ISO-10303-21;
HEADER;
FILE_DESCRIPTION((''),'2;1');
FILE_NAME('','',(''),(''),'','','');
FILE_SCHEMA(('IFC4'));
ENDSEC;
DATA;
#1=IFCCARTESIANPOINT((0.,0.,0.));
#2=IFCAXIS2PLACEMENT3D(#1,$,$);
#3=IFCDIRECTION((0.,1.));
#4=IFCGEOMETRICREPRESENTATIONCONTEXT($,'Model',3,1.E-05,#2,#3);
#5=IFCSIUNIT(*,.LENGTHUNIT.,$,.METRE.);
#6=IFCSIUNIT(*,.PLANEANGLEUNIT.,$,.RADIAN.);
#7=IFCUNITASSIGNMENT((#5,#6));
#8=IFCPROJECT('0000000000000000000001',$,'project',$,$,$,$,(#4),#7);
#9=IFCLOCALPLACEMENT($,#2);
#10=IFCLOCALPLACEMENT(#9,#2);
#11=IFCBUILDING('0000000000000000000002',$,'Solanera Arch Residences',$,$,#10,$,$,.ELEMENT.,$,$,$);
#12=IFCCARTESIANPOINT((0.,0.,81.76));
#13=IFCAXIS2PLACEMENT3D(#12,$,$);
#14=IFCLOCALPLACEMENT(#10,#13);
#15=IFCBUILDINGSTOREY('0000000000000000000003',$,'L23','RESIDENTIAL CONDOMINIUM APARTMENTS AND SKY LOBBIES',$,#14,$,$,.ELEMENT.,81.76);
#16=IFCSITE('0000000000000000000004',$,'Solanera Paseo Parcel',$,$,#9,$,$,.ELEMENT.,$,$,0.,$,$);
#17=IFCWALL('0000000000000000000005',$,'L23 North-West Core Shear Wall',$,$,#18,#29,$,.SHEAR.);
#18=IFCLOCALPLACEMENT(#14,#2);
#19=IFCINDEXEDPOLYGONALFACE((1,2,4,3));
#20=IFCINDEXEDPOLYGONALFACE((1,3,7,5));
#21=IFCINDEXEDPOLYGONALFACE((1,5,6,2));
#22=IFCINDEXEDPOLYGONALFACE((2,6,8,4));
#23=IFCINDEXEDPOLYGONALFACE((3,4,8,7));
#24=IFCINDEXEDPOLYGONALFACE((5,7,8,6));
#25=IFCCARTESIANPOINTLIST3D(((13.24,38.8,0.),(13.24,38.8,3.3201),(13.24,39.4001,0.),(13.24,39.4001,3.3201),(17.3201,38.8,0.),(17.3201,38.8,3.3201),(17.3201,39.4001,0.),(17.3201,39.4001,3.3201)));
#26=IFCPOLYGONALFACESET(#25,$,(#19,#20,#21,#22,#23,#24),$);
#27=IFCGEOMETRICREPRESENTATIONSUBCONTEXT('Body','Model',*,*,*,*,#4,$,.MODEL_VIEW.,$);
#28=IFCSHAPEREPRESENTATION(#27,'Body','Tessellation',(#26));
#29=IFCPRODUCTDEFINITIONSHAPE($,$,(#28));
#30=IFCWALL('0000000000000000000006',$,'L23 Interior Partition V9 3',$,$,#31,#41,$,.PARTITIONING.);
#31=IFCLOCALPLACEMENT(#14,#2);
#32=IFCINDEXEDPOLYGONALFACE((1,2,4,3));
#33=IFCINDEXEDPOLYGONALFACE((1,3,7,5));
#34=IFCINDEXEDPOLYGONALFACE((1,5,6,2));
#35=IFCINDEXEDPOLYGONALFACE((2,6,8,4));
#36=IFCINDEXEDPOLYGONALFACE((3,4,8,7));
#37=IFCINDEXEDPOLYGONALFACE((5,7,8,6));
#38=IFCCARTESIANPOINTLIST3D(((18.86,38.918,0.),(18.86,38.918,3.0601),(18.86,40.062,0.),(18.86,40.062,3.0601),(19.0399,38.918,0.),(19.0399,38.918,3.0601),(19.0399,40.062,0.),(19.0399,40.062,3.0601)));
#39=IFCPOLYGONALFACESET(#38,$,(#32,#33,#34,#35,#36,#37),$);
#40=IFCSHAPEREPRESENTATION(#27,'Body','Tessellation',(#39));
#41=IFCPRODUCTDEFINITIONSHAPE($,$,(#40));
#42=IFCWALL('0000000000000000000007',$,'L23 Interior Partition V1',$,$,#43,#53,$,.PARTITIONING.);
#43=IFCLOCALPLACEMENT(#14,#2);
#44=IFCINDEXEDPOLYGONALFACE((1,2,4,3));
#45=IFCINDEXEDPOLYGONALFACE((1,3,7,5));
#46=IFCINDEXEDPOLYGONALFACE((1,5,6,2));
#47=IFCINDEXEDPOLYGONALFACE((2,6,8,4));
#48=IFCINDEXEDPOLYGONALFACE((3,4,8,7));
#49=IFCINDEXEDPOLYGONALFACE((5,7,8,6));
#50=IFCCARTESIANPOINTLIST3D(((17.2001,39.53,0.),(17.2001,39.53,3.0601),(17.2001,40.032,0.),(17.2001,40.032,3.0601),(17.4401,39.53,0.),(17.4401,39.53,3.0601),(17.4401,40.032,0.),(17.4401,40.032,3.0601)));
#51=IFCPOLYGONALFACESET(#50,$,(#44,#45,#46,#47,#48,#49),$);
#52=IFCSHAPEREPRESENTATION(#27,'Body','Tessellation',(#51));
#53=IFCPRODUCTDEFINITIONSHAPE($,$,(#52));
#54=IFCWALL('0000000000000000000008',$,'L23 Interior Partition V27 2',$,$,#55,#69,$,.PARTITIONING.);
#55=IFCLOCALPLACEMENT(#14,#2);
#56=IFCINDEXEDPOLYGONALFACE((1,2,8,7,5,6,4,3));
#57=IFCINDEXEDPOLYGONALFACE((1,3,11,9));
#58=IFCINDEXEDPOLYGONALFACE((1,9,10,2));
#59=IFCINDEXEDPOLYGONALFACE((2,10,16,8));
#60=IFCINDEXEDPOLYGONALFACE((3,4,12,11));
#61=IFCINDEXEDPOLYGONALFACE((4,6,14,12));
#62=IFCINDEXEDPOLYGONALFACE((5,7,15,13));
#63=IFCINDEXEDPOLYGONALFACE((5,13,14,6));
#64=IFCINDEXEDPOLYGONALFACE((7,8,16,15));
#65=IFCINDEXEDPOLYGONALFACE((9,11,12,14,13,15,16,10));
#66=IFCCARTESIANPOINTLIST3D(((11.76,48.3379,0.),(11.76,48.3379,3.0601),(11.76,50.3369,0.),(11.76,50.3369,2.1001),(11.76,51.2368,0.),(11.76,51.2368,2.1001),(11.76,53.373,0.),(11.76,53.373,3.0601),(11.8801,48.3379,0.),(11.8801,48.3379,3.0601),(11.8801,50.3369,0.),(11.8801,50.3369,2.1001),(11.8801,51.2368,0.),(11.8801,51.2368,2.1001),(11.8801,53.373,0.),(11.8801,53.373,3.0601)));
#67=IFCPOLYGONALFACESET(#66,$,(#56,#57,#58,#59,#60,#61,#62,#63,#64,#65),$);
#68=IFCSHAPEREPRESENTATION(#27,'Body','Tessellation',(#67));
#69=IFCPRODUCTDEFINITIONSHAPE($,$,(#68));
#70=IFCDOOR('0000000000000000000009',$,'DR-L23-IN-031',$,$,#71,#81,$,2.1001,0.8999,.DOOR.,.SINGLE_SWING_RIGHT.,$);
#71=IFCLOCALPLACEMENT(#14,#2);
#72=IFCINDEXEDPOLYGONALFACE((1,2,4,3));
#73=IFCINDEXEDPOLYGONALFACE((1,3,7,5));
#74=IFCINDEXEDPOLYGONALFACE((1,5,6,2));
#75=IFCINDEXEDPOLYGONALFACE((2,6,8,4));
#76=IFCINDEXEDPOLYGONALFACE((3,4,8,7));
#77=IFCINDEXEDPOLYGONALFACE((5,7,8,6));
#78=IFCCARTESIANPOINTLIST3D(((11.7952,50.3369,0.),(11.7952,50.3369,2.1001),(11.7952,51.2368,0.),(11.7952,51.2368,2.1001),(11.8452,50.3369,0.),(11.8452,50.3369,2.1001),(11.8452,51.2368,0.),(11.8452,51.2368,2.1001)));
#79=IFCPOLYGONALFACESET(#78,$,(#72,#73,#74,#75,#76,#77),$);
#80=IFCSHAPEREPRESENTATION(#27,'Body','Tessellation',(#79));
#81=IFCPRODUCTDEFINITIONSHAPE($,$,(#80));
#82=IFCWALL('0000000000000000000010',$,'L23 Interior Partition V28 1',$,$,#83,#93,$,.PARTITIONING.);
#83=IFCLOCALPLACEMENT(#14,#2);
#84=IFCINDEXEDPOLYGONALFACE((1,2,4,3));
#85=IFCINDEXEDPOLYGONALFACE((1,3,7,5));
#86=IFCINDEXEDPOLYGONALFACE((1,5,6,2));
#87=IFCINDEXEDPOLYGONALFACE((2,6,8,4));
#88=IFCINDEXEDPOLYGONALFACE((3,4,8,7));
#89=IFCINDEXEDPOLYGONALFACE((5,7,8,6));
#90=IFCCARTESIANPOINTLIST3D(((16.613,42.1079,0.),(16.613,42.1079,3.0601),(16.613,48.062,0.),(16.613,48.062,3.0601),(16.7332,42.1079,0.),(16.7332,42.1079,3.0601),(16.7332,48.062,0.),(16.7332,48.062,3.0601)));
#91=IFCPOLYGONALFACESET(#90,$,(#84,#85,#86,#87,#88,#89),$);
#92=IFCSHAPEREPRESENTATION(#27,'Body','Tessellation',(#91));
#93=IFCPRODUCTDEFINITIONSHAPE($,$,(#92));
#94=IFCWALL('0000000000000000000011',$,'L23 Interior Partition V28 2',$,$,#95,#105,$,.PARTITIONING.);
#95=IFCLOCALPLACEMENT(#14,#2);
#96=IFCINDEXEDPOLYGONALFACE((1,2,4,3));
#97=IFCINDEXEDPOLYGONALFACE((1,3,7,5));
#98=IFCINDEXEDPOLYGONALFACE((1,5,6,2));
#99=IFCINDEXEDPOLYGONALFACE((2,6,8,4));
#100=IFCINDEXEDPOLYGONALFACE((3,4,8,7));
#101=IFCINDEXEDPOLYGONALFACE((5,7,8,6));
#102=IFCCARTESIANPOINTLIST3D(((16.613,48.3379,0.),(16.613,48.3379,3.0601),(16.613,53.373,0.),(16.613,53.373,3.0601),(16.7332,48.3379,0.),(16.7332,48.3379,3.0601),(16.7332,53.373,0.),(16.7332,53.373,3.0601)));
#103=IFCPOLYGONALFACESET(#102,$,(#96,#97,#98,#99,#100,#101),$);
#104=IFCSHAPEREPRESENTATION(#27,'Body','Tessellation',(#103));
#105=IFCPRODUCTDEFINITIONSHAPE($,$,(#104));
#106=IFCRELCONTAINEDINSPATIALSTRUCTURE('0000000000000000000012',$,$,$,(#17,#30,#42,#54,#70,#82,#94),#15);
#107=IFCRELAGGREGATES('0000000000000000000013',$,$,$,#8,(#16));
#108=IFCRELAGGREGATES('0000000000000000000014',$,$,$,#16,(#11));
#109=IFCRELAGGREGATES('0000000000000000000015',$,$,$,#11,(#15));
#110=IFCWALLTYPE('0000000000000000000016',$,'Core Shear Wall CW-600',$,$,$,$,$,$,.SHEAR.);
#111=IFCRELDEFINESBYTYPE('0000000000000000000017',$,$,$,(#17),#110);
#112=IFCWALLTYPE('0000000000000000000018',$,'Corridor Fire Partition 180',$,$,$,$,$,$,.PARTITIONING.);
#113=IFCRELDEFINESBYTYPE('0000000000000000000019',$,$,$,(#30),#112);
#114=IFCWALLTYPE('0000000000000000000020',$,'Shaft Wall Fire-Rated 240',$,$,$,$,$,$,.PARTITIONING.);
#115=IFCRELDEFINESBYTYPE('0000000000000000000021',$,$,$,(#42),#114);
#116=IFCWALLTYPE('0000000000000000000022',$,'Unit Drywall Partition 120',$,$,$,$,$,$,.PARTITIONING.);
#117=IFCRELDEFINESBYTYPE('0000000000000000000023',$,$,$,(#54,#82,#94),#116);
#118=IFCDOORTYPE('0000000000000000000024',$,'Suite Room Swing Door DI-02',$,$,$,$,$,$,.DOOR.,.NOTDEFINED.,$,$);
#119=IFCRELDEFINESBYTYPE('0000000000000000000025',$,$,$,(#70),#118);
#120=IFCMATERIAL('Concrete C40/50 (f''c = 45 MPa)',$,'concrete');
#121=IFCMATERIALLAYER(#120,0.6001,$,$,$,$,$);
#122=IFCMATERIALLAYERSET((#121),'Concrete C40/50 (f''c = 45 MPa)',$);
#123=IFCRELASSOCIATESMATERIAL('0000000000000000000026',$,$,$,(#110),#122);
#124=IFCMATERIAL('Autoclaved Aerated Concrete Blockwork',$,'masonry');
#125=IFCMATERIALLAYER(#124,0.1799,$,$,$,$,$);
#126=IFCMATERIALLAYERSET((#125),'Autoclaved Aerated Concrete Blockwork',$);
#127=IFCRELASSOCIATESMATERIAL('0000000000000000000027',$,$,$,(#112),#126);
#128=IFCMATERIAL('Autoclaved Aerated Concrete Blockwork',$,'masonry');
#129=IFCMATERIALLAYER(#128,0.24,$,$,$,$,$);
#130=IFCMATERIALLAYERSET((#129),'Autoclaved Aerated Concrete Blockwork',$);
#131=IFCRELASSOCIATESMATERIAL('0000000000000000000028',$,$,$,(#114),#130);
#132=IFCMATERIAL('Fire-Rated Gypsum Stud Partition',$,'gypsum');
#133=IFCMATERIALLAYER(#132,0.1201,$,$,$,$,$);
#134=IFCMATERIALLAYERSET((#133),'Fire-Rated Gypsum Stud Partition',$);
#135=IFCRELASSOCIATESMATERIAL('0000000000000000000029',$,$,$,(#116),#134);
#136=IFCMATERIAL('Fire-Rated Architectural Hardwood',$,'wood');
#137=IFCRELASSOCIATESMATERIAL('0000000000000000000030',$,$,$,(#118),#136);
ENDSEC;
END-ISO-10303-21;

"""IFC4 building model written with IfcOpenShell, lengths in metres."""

from ifc_helpers import new_model, si_unit, direction, frame, frame_2d, origin, place, context, subcontext, project, spatial, rectangle, extrude, material, layer, layer_set, type_object, element, fill, save


model = new_model("IFC4")

# Units and contexts
model_context = context("Model", 3, precision=1e-05, world=origin(), true_north=direction((0.0, 1.0)))
body_context = subcontext(model_context, "Body", "Model", "MODEL_VIEW")
ifc_project = project(units=[si_unit("LENGTHUNIT", "METRE"), si_unit("PLANEANGLEUNIT", "RADIAN")], contexts=[model_context])

# Site, building, storey
site_placement = place(None, origin())
site = spatial("IfcSite", under=ifc_project, at=site_placement, Name="Solanera Paseo Parcel", CompositionType="ELEMENT", RefElevation=0.0)
building_placement = place(site_placement, origin())
building = spatial("IfcBuilding", under=site, at=building_placement, Name="Solanera Arch Residences", CompositionType="ELEMENT")
storey_placement = place(building_placement, frame((0.0, 0.0, 81.76)))
storey = spatial("IfcBuildingStorey", under=building, at=storey_placement, Name="L23", Description="RESIDENTIAL CONDOMINIUM APARTMENTS AND SKY LOBBIES", CompositionType="ELEMENT", Elevation=81.76)

# Walls
ifc_material_1 = material(Name="Concrete C40/50 (f'c = 45 MPa)", Category="concrete")
ifc_layer_1 = layer(ifc_material_1, 0.6001)
ifc_layer_set_1 = layer_set([ifc_layer_1], Name="Concrete C40/50 (f'c = 45 MPa)")
wall_type_1 = type_object("IfcWallType", Name="Core Shear Wall CW-600", PredefinedType="SHEAR", material=ifc_layer_set_1)
wall_1_placement = place(storey_placement, frame((13.24, 39.1001, 0.0), z_axis=(0.0, 0.0, 1.0), x_axis=(1.0, 0.0, 0.0)))
element("IfcWall", 1, at=wall_1_placement, inside=storey, type_object=wall_type_1, Name="L23 North-West Core Shear Wall", PredefinedType="SHEAR", context=body_context, shape_type="SweptSolid", body=[
    extrude(rectangle(XDim=4.0801, YDim=0.6001, at=frame_2d((2.04, 0.0))), origin(), (0.0, 0.0, 1.0), 3.3201),
])
ifc_material_2 = material(Name="Autoclaved Aerated Concrete Blockwork", Category="masonry")
ifc_layer_2 = layer(ifc_material_2, 0.1799)
ifc_layer_set_2 = layer_set([ifc_layer_2], Name="Autoclaved Aerated Concrete Blockwork")
wall_type_2 = type_object("IfcWallType", Name="Corridor Fire Partition 180", PredefinedType="PARTITIONING", material=ifc_layer_set_2)
wall_2_placement = place(storey_placement, frame((18.95, 38.918, 0.0), z_axis=(0.0, 0.0, 1.0), x_axis=(0.0, 1.0, 0.0)))
element("IfcWall", 2, at=wall_2_placement, inside=storey, type_object=wall_type_2, Name="L23 Interior Partition V9 3", PredefinedType="PARTITIONING", context=body_context, shape_type="SweptSolid", body=[
    extrude(rectangle(XDim=1.144, YDim=0.1799, at=frame_2d((0.572, 0.0))), origin(), (0.0, 0.0, 1.0), 3.0601),
])
ifc_material_3 = material(Name="Autoclaved Aerated Concrete Blockwork", Category="masonry")
ifc_layer_3 = layer(ifc_material_3, 0.24)
ifc_layer_set_3 = layer_set([ifc_layer_3], Name="Autoclaved Aerated Concrete Blockwork")
wall_type_3 = type_object("IfcWallType", Name="Shaft Wall Fire-Rated 240", PredefinedType="PARTITIONING", material=ifc_layer_set_3)
wall_3_placement = place(storey_placement, frame((17.3201, 39.53, 0.0), z_axis=(0.0, 0.0, 1.0), x_axis=(0.0, 1.0, 0.0)))
element("IfcWall", 3, at=wall_3_placement, inside=storey, type_object=wall_type_3, Name="L23 Interior Partition V1", PredefinedType="PARTITIONING", context=body_context, shape_type="SweptSolid", body=[
    extrude(rectangle(XDim=0.502, YDim=0.24, at=frame_2d((0.251, 0.0))), origin(), (0.0, 0.0, 1.0), 3.0601),
])

# Wall, opening, door
ifc_material_4 = material(Name="Fire-Rated Gypsum Stud Partition", Category="gypsum")
ifc_layer_4 = layer(ifc_material_4, 0.1201)
ifc_layer_set_4 = layer_set([ifc_layer_4], Name="Fire-Rated Gypsum Stud Partition")
wall_type_4 = type_object("IfcWallType", Name="Unit Drywall Partition 120", PredefinedType="PARTITIONING", material=ifc_layer_set_4)
wall_4_placement = place(storey_placement, frame((11.8201, 48.3379, 0.0), z_axis=(0.0, 0.0, 1.0), x_axis=(0.0, 1.0, 0.0)))
wall_4 = element("IfcWall", 4, at=wall_4_placement, inside=storey, type_object=wall_type_4, Name="L23 Interior Partition V27 2", PredefinedType="PARTITIONING", context=body_context, shape_type="SweptSolid", body=[
    extrude(rectangle(XDim=5.0352, YDim=0.1201, at=frame_2d((2.5176, 0.0))), origin(), (0.0, 0.0, 1.0), 3.0601),
])
opening_placement = place(wall_4_placement, frame((1.999, 0.0, 0.0)))
opening = element("IfcOpeningElement", 5, at=opening_placement, cuts=wall_4, PredefinedType="OPENING", context=body_context, shape_type="SweptSolid", body=[
    extrude(rectangle(XDim=0.8999, YDim=2.1001, at=frame_2d((0.45, 1.05))), frame((0.0, 0.0701, 0.0), z_axis=(0.0, -1.0, 0.0), x_axis=(1.0, 0.0, 0.0)), (0.0, 0.0, 1.0), 0.1401),
])
ifc_material_5 = material(Name="Fire-Rated Architectural Hardwood", Category="wood")
door_type = type_object("IfcDoorType", Name="Suite Room Swing Door DI-02", OperationType="NOTDEFINED", PredefinedType="DOOR", material=ifc_material_5)
door_placement = place(opening_placement, origin())
door = element("IfcDoor", 6, at=door_placement, inside=storey, type_object=door_type, Name="DR-L23-IN-031", OperationType="SINGLE_SWING_RIGHT", OverallHeight=2.1001, OverallWidth=0.8999, PredefinedType="DOOR", context=body_context, shape_type="SweptSolid", body=[
    extrude(rectangle(XDim=0.8999, YDim=2.1001, at=frame_2d((0.45, 1.05))), frame((0.0, 0.0249, 0.0), z_axis=(0.0, -1.0, 0.0), x_axis=(1.0, 0.0, 0.0)), (0.0, 0.0, 1.0), 0.05),
])
fill(opening, door)

# Walls
wall_5_placement = place(storey_placement, frame((16.6731, 42.1079, 0.0), z_axis=(0.0, 0.0, 1.0), x_axis=(0.0, 1.0, 0.0)))
element("IfcWall", 7, at=wall_5_placement, inside=storey, type_object=wall_type_4, Name="L23 Interior Partition V28 1", PredefinedType="PARTITIONING", context=body_context, shape_type="SweptSolid", body=[
    extrude(rectangle(XDim=5.9541, YDim=0.1201, at=frame_2d((2.9771, 0.0))), origin(), (0.0, 0.0, 1.0), 3.0601),
])
wall_6_placement = place(storey_placement, frame((16.6731, 48.3379, 0.0), z_axis=(0.0, 0.0, 1.0), x_axis=(0.0, 1.0, 0.0)))
element("IfcWall", 8, at=wall_6_placement, inside=storey, type_object=wall_type_4, Name="L23 Interior Partition V28 2", PredefinedType="PARTITIONING", context=body_context, shape_type="SweptSolid", body=[
    extrude(rectangle(XDim=5.0352, YDim=0.1201, at=frame_2d((2.5176, 0.0))), origin(), (0.0, 0.0, 1.0), 3.0601),
])

save(model, "model.ifc")
